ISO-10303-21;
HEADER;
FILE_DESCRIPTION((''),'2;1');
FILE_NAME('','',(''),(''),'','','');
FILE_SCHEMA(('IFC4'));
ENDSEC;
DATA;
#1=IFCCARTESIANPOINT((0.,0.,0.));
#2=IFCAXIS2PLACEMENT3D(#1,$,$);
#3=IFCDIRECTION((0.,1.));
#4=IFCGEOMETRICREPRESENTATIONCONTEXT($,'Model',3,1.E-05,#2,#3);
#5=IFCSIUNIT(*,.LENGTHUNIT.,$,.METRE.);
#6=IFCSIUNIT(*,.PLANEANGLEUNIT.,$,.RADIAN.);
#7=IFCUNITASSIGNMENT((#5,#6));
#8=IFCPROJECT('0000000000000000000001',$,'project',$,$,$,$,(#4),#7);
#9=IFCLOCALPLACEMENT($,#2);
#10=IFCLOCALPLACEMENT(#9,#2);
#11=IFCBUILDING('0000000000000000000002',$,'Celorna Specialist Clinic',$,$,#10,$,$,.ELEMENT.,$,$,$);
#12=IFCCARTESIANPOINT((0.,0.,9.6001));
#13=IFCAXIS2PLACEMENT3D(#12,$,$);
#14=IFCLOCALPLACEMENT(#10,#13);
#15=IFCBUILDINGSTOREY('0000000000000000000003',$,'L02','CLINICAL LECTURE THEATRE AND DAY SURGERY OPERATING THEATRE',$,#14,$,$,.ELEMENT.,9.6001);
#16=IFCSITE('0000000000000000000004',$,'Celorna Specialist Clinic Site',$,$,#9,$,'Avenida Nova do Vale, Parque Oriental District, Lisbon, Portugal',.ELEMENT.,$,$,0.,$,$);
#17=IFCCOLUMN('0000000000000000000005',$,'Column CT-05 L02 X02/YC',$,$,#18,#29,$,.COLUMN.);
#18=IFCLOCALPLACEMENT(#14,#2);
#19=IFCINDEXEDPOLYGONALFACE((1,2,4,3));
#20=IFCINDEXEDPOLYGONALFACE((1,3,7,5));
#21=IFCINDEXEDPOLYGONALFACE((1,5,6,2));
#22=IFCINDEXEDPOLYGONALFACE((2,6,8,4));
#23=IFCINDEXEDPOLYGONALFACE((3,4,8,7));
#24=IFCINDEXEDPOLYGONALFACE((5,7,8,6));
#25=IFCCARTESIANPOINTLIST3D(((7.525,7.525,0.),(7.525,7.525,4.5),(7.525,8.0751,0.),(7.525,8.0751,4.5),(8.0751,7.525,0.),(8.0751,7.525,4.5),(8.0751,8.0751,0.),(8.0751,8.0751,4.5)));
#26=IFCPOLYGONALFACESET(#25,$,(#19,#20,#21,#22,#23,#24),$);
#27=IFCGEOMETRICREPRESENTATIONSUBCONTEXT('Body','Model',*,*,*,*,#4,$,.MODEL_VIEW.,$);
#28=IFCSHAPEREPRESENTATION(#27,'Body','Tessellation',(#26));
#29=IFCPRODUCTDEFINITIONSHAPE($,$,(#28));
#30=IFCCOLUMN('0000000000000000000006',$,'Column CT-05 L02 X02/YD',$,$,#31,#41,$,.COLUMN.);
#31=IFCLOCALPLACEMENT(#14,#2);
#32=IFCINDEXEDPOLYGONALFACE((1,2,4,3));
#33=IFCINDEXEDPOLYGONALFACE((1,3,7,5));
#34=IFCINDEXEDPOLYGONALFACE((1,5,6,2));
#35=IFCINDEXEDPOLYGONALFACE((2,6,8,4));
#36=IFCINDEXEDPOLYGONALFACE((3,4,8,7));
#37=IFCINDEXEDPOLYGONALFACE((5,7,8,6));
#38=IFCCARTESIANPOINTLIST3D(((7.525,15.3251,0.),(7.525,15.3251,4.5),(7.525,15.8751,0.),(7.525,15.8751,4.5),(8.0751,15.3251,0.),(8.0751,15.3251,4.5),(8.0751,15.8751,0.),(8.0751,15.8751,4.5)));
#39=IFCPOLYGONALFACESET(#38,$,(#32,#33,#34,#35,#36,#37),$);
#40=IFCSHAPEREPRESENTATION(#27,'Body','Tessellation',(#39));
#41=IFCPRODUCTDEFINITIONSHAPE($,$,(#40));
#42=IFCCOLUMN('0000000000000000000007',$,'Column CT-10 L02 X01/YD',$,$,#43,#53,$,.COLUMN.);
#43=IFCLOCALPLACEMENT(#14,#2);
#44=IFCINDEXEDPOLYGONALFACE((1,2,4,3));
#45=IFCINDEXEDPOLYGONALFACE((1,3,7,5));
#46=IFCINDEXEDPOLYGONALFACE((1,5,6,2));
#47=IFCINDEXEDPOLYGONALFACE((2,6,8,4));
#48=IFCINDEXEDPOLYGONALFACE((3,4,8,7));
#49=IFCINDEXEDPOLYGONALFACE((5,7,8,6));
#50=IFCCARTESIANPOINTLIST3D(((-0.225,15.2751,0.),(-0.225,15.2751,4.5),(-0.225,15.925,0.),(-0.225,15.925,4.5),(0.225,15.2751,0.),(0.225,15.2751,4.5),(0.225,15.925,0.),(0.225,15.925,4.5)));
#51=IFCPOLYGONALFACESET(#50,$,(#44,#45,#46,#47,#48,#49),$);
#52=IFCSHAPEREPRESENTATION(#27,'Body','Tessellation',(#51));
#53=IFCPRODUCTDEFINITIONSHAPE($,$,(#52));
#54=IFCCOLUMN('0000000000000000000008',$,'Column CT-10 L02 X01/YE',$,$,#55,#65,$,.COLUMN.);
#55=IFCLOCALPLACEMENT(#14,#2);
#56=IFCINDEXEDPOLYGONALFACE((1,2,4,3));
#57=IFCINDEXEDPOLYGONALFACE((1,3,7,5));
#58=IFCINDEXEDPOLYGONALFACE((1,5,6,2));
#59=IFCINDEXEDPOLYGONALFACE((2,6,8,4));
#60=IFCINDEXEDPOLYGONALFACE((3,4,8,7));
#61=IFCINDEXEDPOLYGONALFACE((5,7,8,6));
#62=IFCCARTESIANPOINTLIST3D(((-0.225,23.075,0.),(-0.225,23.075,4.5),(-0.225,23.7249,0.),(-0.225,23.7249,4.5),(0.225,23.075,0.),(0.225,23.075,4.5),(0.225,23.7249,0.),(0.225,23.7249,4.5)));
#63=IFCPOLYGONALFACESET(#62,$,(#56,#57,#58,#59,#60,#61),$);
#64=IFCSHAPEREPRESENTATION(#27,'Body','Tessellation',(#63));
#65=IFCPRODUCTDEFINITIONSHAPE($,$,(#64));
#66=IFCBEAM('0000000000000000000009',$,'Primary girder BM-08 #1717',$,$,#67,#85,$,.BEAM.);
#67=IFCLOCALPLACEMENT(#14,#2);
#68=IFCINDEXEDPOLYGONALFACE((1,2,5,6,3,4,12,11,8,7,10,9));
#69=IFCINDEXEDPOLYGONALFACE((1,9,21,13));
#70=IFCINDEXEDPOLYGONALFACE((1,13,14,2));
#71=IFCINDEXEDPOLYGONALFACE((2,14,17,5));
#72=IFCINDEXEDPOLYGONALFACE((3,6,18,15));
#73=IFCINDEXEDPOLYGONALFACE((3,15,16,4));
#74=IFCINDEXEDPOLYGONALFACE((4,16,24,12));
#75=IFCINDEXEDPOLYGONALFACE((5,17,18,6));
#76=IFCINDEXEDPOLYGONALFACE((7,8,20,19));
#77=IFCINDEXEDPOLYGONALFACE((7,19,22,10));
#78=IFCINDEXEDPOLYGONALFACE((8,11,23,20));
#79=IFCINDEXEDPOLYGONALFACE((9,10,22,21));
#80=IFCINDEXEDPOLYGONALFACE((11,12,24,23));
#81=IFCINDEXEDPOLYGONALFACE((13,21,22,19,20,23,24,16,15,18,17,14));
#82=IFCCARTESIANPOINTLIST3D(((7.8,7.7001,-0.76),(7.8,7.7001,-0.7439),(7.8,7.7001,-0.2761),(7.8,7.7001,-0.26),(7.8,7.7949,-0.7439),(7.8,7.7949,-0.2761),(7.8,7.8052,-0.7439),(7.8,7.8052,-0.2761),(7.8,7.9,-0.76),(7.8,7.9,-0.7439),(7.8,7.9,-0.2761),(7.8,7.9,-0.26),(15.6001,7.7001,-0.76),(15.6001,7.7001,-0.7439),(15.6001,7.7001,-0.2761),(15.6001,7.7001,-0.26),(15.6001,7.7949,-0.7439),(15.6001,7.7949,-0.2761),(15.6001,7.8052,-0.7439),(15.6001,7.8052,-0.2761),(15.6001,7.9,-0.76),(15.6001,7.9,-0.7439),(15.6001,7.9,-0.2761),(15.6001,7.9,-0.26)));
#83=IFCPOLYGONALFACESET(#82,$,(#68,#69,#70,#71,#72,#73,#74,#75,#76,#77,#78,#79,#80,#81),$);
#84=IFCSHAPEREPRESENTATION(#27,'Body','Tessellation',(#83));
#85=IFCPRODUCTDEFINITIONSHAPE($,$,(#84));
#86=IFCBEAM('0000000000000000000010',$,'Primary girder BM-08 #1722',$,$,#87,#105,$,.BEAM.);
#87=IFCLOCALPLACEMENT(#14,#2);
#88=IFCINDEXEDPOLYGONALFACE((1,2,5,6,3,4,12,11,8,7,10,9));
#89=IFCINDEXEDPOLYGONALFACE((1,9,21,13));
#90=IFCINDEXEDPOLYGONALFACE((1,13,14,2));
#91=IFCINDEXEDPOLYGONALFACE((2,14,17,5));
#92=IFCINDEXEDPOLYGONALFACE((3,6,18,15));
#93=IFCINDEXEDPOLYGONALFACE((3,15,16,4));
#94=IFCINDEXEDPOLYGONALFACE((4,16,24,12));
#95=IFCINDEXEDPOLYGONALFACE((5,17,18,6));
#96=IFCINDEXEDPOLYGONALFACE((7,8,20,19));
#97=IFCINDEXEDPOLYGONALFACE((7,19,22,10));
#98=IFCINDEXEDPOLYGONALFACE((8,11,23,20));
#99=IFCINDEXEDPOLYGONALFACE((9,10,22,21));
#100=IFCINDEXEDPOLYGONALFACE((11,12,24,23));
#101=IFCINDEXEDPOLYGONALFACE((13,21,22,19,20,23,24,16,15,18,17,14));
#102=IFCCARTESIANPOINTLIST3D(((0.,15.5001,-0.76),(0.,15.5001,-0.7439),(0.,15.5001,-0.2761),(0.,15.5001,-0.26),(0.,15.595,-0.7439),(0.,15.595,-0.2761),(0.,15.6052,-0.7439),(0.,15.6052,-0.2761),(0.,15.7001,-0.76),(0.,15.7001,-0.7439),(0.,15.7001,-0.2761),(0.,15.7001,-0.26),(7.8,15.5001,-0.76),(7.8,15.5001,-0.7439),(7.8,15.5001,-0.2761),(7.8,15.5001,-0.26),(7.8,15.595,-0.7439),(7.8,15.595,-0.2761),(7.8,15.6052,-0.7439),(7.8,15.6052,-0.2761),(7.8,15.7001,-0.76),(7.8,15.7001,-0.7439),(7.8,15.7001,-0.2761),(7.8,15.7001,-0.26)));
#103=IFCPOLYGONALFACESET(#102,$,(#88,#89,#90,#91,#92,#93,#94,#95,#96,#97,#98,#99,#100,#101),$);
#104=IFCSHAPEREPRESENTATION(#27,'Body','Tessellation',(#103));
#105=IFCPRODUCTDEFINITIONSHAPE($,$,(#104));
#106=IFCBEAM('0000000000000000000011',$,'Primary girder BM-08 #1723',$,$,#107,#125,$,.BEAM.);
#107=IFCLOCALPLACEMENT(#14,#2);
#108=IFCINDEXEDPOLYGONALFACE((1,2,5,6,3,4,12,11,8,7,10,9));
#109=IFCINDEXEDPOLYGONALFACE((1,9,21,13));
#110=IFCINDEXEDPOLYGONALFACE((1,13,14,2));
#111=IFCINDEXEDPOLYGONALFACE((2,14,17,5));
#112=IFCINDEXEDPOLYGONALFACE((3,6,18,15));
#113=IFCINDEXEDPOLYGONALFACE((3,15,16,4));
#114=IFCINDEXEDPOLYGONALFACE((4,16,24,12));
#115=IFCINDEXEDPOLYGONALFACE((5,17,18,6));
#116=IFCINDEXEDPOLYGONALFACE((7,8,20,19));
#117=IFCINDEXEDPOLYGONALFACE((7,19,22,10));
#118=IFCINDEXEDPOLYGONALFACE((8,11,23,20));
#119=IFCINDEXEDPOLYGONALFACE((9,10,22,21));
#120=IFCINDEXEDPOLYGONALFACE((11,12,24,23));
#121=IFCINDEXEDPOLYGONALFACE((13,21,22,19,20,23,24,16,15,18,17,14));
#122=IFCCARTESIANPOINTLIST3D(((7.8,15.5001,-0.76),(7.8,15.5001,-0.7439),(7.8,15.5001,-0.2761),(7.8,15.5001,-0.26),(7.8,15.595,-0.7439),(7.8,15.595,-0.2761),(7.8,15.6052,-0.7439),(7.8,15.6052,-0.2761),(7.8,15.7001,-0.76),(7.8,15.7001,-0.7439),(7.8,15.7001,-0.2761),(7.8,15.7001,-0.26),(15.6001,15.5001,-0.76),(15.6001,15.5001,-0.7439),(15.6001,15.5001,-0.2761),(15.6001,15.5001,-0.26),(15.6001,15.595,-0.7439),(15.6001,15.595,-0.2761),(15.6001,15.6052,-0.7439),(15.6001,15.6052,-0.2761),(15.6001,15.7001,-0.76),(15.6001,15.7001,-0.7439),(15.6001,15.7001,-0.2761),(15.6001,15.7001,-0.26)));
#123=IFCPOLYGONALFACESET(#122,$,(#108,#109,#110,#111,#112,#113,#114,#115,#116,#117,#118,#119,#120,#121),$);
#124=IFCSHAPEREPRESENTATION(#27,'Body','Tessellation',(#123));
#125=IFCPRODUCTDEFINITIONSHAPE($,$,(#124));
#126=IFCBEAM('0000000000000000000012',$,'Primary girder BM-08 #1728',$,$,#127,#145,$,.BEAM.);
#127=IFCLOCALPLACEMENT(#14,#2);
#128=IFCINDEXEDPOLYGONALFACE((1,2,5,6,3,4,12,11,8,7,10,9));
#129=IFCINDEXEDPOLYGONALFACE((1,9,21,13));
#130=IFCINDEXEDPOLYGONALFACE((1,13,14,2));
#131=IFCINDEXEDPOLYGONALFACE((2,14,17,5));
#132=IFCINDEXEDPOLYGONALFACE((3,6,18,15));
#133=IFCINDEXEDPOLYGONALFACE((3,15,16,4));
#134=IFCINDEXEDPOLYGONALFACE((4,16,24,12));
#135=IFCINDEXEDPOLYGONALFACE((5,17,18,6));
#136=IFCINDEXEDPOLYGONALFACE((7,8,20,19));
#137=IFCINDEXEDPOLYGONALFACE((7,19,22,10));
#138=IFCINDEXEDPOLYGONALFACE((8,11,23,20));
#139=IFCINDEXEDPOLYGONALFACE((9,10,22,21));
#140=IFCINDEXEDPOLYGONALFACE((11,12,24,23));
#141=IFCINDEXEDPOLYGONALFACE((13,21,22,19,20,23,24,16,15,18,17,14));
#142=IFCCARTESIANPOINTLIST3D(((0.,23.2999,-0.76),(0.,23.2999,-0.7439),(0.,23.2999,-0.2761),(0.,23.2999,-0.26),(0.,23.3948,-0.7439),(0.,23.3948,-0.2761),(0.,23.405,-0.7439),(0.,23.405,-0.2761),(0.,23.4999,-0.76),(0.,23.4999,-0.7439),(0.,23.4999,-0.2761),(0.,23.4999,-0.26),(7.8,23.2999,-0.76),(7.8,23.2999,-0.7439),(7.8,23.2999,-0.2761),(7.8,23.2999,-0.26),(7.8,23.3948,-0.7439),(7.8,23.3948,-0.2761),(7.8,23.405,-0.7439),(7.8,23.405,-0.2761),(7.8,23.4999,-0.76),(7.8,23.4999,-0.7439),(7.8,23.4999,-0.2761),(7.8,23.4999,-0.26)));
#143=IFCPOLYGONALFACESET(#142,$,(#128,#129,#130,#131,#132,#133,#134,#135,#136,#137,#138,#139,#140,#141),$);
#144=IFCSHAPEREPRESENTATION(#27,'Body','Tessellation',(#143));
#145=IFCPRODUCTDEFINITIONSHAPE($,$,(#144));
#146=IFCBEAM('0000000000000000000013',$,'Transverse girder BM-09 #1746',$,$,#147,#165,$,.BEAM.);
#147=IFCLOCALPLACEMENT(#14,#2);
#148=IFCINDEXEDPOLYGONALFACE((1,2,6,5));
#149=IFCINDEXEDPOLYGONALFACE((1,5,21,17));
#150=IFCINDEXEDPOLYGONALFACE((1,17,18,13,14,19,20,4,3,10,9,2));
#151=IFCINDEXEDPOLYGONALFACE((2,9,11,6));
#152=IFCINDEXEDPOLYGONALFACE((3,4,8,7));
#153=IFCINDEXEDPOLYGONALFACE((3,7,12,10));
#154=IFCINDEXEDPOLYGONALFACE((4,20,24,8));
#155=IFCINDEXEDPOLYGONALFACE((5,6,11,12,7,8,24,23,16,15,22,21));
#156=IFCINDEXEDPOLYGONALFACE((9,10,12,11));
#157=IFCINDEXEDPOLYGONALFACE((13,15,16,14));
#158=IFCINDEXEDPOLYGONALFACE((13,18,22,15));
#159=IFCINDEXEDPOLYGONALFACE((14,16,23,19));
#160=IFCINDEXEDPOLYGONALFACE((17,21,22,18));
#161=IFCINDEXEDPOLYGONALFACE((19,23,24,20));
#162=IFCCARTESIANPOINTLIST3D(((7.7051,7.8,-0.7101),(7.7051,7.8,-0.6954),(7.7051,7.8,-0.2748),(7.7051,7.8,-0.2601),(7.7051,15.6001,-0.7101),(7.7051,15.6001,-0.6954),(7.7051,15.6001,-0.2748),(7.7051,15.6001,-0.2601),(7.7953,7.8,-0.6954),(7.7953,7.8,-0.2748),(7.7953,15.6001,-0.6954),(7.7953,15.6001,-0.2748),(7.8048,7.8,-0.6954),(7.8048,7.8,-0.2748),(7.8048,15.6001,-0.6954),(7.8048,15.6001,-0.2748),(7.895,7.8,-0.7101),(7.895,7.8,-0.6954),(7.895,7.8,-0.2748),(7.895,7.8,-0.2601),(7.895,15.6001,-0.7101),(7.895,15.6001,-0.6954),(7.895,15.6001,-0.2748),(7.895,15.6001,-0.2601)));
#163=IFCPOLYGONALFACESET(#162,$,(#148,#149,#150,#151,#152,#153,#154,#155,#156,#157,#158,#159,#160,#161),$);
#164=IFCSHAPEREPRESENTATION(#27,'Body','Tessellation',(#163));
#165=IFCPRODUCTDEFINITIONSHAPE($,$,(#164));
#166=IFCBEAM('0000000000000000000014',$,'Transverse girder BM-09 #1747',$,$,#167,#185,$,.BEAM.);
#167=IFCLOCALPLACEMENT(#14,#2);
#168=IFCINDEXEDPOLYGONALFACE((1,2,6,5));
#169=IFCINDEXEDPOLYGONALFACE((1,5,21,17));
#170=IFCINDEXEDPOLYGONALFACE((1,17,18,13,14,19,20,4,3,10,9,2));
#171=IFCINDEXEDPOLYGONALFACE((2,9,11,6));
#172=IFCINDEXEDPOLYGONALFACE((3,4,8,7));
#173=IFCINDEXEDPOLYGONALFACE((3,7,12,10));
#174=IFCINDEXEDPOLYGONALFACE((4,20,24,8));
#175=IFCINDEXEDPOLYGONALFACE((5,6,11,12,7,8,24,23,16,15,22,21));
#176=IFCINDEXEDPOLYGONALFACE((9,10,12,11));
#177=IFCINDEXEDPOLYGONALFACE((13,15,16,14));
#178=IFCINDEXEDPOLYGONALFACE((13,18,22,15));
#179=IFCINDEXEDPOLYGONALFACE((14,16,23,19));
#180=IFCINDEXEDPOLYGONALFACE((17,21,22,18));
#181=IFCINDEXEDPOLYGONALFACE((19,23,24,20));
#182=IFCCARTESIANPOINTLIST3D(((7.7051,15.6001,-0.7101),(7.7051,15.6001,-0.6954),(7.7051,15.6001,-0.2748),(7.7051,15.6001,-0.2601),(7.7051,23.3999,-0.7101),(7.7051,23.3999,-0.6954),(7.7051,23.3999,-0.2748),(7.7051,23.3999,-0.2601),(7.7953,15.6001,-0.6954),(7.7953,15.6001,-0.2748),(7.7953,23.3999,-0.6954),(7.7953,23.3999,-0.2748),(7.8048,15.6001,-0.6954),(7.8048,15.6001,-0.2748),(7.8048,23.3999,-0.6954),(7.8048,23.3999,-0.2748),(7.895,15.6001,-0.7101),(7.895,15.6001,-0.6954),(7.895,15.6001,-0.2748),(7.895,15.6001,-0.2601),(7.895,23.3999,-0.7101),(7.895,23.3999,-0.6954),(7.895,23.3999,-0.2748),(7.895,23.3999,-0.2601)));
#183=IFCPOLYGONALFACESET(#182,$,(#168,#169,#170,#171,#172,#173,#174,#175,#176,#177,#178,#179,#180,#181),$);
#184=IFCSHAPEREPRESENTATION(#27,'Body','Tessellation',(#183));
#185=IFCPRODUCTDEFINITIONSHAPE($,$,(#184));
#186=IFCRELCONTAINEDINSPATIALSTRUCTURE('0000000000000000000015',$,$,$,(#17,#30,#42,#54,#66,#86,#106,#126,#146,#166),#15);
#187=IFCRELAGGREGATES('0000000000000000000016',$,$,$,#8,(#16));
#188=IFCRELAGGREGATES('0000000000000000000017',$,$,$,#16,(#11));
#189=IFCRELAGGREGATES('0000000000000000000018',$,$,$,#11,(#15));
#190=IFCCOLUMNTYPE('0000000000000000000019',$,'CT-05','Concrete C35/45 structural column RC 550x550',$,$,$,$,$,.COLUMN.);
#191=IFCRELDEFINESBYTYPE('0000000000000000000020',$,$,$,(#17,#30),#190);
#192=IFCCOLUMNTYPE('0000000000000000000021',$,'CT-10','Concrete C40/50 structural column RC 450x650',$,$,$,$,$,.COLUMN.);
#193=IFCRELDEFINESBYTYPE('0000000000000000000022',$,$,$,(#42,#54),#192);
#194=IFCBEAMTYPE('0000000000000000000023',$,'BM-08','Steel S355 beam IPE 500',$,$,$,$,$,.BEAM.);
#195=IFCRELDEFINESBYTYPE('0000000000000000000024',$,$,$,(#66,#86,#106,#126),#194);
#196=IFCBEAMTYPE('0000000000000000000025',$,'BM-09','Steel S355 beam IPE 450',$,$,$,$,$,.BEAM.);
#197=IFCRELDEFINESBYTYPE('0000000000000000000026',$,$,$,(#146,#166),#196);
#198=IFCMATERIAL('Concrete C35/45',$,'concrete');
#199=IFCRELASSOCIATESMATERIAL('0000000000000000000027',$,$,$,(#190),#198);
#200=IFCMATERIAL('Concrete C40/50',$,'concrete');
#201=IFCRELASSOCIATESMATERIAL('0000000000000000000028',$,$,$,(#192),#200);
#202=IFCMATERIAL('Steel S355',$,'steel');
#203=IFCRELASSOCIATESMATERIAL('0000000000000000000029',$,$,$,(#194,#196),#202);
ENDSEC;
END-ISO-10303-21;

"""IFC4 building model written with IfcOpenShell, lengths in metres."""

from ifc_helpers import new_model, si_unit, direction, frame, origin, origin_2d, place, context, subcontext, project, spatial, rectangle, i_section, extrude, material, material_profile, profile_set, type_object, element, save


model = new_model("IFC4")

# Units and contexts
model_context = context("Model", 3, precision=1e-05, world=origin(), true_north=direction((0.0, 1.0)))
body_context = subcontext(model_context, "Body", "Model", "MODEL_VIEW")
ifc_project = project(units=[si_unit("LENGTHUNIT", "METRE"), si_unit("PLANEANGLEUNIT", "RADIAN")], contexts=[model_context])

# Site, building, storey
site_placement = place(None, origin())
site = spatial("IfcSite", under=ifc_project, at=site_placement, Name="Celorna Specialist Clinic Site", LongName="Avenida Nova do Vale, Parque Oriental District, Lisbon, Portugal", CompositionType="ELEMENT", RefElevation=0.0)
building_placement = place(site_placement, origin())
building = spatial("IfcBuilding", under=site, at=building_placement, Name="Celorna Specialist Clinic", CompositionType="ELEMENT")
storey_placement = place(building_placement, frame((0.0, 0.0, 9.6001)))
storey = spatial("IfcBuildingStorey", under=building, at=storey_placement, Name="L02", Description="CLINICAL LECTURE THEATRE AND DAY SURGERY OPERATING THEATRE", CompositionType="ELEMENT", Elevation=9.6001)

# Columns
ifc_material_1 = material(Name="Concrete C35/45", Category="concrete")
ifc_material_profile_1 = material_profile(ifc_material_1, rectangle(XDim=0.55, YDim=0.55, at=origin_2d()), Name="RC 550x550")
ifc_profile_set_1 = profile_set([ifc_material_profile_1], Name="Concrete C35/45")
column_type_1 = type_object("IfcColumnType", Name="CT-05", Description="Concrete C35/45 structural column RC 550x550", PredefinedType="COLUMN", material=ifc_profile_set_1)
for number, where, z_axis, x_axis, name in (
    (1, (7.8, 7.8, 0.0), (0.0, 0.0, 1.0), (1.0, 0.0, 0.0), "Column CT-05 L02 X02/YC"),
    (2, (7.8, 15.6001, 0.0), (0.0, 0.0, 1.0), (1.0, 0.0, 0.0), "Column CT-05 L02 X02/YD"),
):
    element("IfcColumn", number, at=place(storey_placement, frame(where, z_axis=z_axis, x_axis=x_axis)), inside=storey, type_object=column_type_1, Name=name, PredefinedType="COLUMN", context=body_context, shape_type="SweptSolid", body=[
        extrude(rectangle(XDim=0.55, YDim=0.55, at=origin_2d()), origin(), (0.0, 0.0, 1.0), 4.5),
    ])
ifc_material_2 = material(Name="Concrete C40/50", Category="concrete")
ifc_material_profile_2 = material_profile(ifc_material_2, rectangle(XDim=0.45, YDim=0.6499, at=origin_2d()), Name="RC 450x650")
ifc_profile_set_2 = profile_set([ifc_material_profile_2], Name="Concrete C40/50")
column_type_2 = type_object("IfcColumnType", Name="CT-10", Description="Concrete C40/50 structural column RC 450x650", PredefinedType="COLUMN", material=ifc_profile_set_2)
for number, where, z_axis, x_axis, name in (
    (3, (0.0, 15.6001, 0.0), (0.0, 0.0, 1.0), (1.0, 0.0, 0.0), "Column CT-10 L02 X01/YD"),
    (4, (0.0, 23.3999, 0.0), (0.0, 0.0, 1.0), (1.0, 0.0, 0.0), "Column CT-10 L02 X01/YE"),
):
    element("IfcColumn", number, at=place(storey_placement, frame(where, z_axis=z_axis, x_axis=x_axis)), inside=storey, type_object=column_type_2, Name=name, PredefinedType="COLUMN", context=body_context, shape_type="SweptSolid", body=[
        extrude(rectangle(XDim=0.45, YDim=0.6499, at=origin_2d()), origin(), (0.0, 0.0, 1.0), 4.5),
    ])

# Beams
ifc_material_3 = material(Name="Steel S355", Category="steel")
ifc_material_profile_3 = material_profile(ifc_material_3, i_section(OverallWidth=0.2, OverallDepth=0.5, WebThickness=0.0103, FlangeThickness=0.0161, at=origin_2d()), Name="IPE 500")
ifc_profile_set_3 = profile_set([ifc_material_profile_3], Name="Steel S355")
beam_type_1 = type_object("IfcBeamType", Name="BM-08", Description="Steel S355 beam IPE 500", PredefinedType="BEAM", material=ifc_profile_set_3)
for number, where, z_axis, x_axis, name in (
    (5, (7.8, 7.8, -0.51), (1.0, 0.0, 0.0), (0.0, 1.0, 0.0), "Primary girder BM-08 #1717"),
    (6, (0.0, 15.6001, -0.51), (1.0, 0.0, 0.0), (0.0, 1.0, 0.0), "Primary girder BM-08 #1722"),
    (7, (7.8, 15.6001, -0.51), (1.0, 0.0, 0.0), (0.0, 1.0, 0.0), "Primary girder BM-08 #1723"),
    (8, (0.0, 23.3999, -0.51), (1.0, 0.0, 0.0), (0.0, 1.0, 0.0), "Primary girder BM-08 #1728"),
):
    element("IfcBeam", number, at=place(storey_placement, frame(where, z_axis=z_axis, x_axis=x_axis)), inside=storey, type_object=beam_type_1, Name=name, PredefinedType="BEAM", context=body_context, shape_type="SweptSolid", body=[
        extrude(i_section(OverallWidth=0.2, OverallDepth=0.5, WebThickness=0.0103, FlangeThickness=0.0161, at=origin_2d()), origin(), (0.0, 0.0, 1.0), 7.8),
    ])
ifc_material_profile_4 = material_profile(ifc_material_3, i_section(OverallWidth=0.1899, OverallDepth=0.45, WebThickness=0.0095, FlangeThickness=0.0146, at=origin_2d()), Name="IPE 450")
ifc_profile_set_4 = profile_set([ifc_material_profile_4], Name="Steel S355")
beam_type_2 = type_object("IfcBeamType", Name="BM-09", Description="Steel S355 beam IPE 450", PredefinedType="BEAM", material=ifc_profile_set_4)
beam_1_placement = place(storey_placement, frame((7.8, 7.8, -0.4851), z_axis=(0.0, 1.0, 0.0), x_axis=(-1.0, 0.0, 0.0)))
element("IfcBeam", 9, at=beam_1_placement, inside=storey, type_object=beam_type_2, Name="Transverse girder BM-09 #1746", PredefinedType="BEAM", context=body_context, shape_type="SweptSolid", body=[
    extrude(i_section(OverallWidth=0.1899, OverallDepth=0.45, WebThickness=0.0095, FlangeThickness=0.0146, at=origin_2d()), origin(), (0.0, 0.0, 1.0), 7.8),
])
beam_2_placement = place(storey_placement, frame((7.8, 15.6001, -0.4851), z_axis=(0.0, 1.0, 0.0), x_axis=(-1.0, 0.0, 0.0)))
element("IfcBeam", 10, at=beam_2_placement, inside=storey, type_object=beam_type_2, Name="Transverse girder BM-09 #1747", PredefinedType="BEAM", context=body_context, shape_type="SweptSolid", body=[
    extrude(i_section(OverallWidth=0.1899, OverallDepth=0.45, WebThickness=0.0095, FlangeThickness=0.0146, at=origin_2d()), origin(), (0.0, 0.0, 1.0), 7.7998),
])

save(model, "model.ifc")
